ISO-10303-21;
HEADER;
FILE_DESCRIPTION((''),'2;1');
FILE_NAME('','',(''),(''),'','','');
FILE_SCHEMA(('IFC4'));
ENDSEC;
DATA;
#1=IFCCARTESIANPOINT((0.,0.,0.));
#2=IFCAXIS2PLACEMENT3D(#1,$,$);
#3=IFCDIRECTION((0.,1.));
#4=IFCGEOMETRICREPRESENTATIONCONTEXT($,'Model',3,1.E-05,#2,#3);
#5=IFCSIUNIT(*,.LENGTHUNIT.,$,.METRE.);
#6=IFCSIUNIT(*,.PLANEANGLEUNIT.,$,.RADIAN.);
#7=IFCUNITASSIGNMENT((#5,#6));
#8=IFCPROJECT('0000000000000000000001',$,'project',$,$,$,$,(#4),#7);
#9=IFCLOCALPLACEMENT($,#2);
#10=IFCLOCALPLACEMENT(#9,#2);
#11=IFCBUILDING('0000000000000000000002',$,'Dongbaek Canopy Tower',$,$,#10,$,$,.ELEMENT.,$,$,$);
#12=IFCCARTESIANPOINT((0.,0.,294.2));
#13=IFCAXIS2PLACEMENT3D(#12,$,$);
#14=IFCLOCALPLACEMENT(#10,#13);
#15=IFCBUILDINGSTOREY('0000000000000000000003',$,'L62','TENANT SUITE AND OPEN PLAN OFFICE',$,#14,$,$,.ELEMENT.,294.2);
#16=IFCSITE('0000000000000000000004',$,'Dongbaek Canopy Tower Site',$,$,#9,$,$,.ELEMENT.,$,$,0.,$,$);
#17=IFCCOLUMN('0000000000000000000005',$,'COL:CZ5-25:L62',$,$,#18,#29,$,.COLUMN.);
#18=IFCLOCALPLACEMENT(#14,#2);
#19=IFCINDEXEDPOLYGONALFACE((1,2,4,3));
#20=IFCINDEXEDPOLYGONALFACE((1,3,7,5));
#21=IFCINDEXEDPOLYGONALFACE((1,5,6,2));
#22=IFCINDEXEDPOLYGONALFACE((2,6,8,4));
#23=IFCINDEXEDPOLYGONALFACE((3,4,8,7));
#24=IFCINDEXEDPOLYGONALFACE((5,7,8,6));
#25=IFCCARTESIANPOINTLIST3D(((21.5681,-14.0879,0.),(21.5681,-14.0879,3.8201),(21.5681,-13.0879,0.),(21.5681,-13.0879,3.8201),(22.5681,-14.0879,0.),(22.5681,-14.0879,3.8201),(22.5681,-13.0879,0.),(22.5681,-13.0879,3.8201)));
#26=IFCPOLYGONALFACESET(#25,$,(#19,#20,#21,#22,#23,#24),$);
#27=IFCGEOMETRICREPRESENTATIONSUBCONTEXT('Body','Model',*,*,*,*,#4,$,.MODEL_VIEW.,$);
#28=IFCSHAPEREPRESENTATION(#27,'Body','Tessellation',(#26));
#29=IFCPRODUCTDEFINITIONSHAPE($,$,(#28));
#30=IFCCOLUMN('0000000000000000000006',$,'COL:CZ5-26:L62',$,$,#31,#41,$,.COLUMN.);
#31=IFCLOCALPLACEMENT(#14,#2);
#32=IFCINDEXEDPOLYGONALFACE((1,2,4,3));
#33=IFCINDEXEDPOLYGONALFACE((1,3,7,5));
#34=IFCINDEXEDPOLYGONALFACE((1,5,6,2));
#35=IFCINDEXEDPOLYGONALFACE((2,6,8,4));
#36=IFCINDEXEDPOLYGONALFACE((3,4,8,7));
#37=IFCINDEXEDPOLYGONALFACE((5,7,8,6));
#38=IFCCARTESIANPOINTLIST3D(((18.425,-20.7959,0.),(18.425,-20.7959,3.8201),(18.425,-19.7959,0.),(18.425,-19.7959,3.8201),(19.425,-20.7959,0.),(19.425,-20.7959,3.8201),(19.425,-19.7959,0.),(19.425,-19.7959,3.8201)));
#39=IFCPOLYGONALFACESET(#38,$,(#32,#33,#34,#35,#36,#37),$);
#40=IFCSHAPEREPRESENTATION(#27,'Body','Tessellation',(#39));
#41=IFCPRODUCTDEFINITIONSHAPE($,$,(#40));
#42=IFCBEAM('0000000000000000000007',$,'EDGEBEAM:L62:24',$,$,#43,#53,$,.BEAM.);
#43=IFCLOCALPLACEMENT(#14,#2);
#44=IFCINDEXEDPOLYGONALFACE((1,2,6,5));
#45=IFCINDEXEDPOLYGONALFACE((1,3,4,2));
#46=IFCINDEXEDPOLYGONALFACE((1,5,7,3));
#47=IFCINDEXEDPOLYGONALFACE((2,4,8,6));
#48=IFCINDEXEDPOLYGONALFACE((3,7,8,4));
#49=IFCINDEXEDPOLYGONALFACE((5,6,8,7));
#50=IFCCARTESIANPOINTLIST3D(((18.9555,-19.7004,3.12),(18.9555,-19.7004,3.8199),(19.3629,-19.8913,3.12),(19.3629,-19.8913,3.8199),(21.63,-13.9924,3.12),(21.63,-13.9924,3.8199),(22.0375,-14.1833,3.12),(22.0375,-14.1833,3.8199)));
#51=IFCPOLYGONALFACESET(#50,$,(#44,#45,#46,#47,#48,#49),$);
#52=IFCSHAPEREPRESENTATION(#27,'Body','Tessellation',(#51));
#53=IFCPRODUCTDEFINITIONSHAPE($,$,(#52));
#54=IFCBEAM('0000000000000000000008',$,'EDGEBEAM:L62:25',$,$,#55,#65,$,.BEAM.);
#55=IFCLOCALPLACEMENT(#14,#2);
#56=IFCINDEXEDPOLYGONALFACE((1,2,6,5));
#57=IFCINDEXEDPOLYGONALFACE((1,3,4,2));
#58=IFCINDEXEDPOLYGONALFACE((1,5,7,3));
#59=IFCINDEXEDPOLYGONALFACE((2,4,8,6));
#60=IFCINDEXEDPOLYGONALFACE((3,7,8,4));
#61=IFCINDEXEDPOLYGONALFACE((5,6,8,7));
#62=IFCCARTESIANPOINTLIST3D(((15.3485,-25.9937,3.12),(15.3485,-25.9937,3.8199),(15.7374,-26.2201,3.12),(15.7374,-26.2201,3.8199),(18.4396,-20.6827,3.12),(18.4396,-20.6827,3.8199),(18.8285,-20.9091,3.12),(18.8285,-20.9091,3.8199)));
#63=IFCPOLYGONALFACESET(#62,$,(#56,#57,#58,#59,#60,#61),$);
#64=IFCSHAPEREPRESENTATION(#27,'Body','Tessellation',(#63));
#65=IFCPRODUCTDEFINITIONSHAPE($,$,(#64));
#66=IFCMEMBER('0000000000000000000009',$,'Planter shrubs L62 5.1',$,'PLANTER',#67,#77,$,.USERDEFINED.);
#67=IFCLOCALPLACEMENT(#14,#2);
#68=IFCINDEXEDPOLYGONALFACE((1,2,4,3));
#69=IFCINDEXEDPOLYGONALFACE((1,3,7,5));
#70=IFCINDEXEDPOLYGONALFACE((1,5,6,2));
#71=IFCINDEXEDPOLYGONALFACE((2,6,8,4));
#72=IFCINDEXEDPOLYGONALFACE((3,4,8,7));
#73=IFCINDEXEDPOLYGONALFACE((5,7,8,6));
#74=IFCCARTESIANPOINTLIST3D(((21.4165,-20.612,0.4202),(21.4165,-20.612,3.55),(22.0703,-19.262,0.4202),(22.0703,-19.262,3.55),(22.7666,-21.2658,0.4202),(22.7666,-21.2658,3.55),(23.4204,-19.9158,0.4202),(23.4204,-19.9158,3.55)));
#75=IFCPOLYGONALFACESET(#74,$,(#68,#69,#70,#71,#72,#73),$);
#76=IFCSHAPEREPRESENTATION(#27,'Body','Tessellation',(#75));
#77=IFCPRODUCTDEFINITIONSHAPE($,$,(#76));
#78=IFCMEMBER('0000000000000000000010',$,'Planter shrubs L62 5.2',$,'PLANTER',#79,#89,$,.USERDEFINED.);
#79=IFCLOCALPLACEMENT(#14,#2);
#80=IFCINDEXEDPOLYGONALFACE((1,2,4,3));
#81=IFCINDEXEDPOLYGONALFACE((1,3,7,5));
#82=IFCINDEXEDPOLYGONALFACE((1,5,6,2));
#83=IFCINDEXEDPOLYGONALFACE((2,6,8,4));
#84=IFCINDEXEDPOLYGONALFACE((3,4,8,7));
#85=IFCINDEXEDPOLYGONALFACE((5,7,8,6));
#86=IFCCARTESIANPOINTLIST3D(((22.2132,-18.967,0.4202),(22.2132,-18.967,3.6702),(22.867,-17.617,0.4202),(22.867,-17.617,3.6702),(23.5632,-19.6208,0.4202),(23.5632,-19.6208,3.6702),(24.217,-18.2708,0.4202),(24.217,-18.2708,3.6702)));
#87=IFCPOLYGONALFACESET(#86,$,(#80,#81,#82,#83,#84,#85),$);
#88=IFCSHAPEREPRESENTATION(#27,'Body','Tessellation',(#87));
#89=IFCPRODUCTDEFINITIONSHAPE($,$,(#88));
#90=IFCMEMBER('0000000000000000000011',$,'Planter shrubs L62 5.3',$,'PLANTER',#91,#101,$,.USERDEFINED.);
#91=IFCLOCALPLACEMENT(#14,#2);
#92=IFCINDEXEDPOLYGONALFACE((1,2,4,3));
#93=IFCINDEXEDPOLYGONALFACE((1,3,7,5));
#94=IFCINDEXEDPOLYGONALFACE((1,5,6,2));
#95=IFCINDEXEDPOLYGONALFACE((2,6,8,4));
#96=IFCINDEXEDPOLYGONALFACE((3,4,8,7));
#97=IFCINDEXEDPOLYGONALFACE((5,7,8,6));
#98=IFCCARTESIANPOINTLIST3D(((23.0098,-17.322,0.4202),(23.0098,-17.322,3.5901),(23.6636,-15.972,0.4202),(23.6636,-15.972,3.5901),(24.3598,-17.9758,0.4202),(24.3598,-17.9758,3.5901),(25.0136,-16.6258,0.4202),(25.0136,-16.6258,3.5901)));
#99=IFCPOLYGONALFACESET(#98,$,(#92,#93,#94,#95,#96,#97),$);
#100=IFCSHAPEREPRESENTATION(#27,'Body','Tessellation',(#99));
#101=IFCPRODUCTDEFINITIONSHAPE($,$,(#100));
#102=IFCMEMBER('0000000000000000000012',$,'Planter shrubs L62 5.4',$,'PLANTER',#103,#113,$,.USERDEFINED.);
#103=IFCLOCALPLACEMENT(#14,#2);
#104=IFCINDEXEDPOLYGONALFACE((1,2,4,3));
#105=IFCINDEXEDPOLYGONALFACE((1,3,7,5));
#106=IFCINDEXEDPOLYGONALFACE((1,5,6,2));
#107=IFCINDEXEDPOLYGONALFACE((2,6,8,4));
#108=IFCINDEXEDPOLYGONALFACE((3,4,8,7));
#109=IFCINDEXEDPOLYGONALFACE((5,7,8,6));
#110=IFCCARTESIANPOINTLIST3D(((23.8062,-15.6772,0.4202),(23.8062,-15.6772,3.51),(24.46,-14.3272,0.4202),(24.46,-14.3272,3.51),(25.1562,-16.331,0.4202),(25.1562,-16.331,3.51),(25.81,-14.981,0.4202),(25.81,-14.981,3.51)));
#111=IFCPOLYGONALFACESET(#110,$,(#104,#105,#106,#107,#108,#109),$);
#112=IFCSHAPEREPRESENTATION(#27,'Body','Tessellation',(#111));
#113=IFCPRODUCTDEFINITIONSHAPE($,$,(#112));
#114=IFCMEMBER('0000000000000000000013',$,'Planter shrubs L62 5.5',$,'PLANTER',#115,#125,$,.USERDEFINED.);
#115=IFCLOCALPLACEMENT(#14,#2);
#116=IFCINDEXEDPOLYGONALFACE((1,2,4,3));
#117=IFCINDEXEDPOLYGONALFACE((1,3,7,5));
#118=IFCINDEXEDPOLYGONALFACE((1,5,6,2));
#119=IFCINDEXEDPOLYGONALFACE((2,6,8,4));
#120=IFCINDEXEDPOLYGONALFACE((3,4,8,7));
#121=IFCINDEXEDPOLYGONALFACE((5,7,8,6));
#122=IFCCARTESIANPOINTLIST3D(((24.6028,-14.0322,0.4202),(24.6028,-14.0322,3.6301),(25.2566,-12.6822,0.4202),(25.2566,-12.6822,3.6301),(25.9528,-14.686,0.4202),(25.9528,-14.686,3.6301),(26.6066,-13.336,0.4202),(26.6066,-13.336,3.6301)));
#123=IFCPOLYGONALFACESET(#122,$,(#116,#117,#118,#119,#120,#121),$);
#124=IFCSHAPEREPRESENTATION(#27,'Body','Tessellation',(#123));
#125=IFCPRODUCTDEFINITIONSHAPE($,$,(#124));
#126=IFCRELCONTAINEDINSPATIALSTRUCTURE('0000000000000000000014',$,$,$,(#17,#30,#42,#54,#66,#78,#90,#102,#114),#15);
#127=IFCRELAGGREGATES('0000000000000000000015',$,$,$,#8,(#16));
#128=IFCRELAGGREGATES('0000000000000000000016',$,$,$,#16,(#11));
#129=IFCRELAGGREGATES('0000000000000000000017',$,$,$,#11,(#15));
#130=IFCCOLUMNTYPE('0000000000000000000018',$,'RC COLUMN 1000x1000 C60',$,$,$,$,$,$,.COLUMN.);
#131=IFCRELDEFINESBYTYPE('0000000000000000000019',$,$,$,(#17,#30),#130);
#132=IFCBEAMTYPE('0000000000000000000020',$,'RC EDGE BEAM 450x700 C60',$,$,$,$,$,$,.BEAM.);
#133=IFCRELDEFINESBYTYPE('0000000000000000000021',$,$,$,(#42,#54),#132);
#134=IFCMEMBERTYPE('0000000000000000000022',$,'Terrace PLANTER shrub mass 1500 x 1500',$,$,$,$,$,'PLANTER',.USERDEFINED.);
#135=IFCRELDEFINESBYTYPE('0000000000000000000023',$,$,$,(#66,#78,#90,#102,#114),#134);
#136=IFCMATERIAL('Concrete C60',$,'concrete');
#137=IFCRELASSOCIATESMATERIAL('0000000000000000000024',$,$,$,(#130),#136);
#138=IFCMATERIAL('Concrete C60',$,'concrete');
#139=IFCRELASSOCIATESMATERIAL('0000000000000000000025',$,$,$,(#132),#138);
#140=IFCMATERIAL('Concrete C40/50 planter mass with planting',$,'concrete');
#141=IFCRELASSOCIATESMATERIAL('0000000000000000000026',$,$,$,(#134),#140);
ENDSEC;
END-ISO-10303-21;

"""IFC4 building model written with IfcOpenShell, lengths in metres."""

from ifc_helpers import new_model, si_unit, direction, frame, origin, origin_2d, place, context, subcontext, project, spatial, rectangle, extrude, material, material_profile, profile_set, type_object, element, save


model = new_model("IFC4")

# Units and contexts
model_context = context("Model", 3, precision=1e-05, world=origin(), true_north=direction((0.0, 1.0)))
body_context = subcontext(model_context, "Body", "Model", "MODEL_VIEW")
ifc_project = project(units=[si_unit("LENGTHUNIT", "METRE"), si_unit("PLANEANGLEUNIT", "RADIAN")], contexts=[model_context])

# Site, building, storey
site_placement = place(None, origin())
site = spatial("IfcSite", under=ifc_project, at=site_placement, Name="Dongbaek Canopy Tower Site", CompositionType="ELEMENT", RefElevation=0.0)
building_placement = place(site_placement, origin())
building = spatial("IfcBuilding", under=site, at=building_placement, Name="Dongbaek Canopy Tower", CompositionType="ELEMENT")
storey_placement = place(building_placement, frame((0.0, 0.0, 294.2)))
storey = spatial("IfcBuildingStorey", under=building, at=storey_placement, Name="L62", Description="TENANT SUITE AND OPEN PLAN OFFICE", CompositionType="ELEMENT", Elevation=294.2)

# Columns
ifc_material_1 = material(Name="Concrete C60", Category="concrete")
ifc_material_profile_1 = material_profile(ifc_material_1, rectangle(XDim=1.0, YDim=1.0, at=origin_2d()), Name="RC COLUMN 1000x1000 C60")
ifc_profile_set_1 = profile_set([ifc_material_profile_1], Name="Concrete C60")
column_type = type_object("IfcColumnType", Name="RC COLUMN 1000x1000 C60", PredefinedType="COLUMN", material=ifc_profile_set_1)
for number, where, z_axis, x_axis, name in (
    (1, (22.0681, -13.5879, 0.0), (0.0, 0.0, 1.0), (1.0, 0.0, 0.0), "COL:CZ5-25:L62"),
    (2, (18.925, -20.2959, 0.0), (0.0, 0.0, 1.0), (1.0, 0.0, 0.0), "COL:CZ5-26:L62"),
):
    element("IfcColumn", number, at=place(storey_placement, frame(where, z_axis=z_axis, x_axis=x_axis)), inside=storey, type_object=column_type, Name=name, PredefinedType="COLUMN", context=body_context, shape_type="SweptSolid", body=[
        extrude(rectangle(XDim=1.0, YDim=1.0, at=origin_2d()), origin(), (0.0, 0.0, 1.0), 3.8201),
    ])

# Beams
ifc_material_2 = material(Name="Concrete C60", Category="concrete")
ifc_material_profile_2 = material_profile(ifc_material_2, rectangle(XDim=0.45, YDim=0.7, at=origin_2d()), Name="RC EDGE BEAM 450x700 C60")
ifc_profile_set_2 = profile_set([ifc_material_profile_2], Name="Concrete C60")
beam_type = type_object("IfcBeamType", Name="RC EDGE BEAM 450x700 C60", PredefinedType="BEAM", material=ifc_profile_set_2)
beam_1_placement = place(storey_placement, frame((21.8337, -14.0879, 3.47), z_axis=(-0.424295, -0.905524, 0.0), x_axis=(0.905524, -0.424295, 0.0)))
element("IfcBeam", 3, at=beam_1_placement, inside=storey, type_object=beam_type, Name="EDGEBEAM:L62:24", PredefinedType="BEAM", context=body_context, shape_type="SweptSolid", body=[
    extrude(rectangle(XDim=0.45, YDim=0.7, at=origin_2d()), origin(), (0.0, 0.0, 1.0), 6.3035),
])
beam_2_placement = place(storey_placement, frame((18.634, -20.7959, 3.47), z_axis=(-0.503016, -0.864277, 0.0), x_axis=(0.864277, -0.503016, 0.0)))
element("IfcBeam", 4, at=beam_2_placement, inside=storey, type_object=beam_type, Name="EDGEBEAM:L62:25", PredefinedType="BEAM", context=body_context, shape_type="SweptSolid", body=[
    extrude(rectangle(XDim=0.45, YDim=0.7, at=origin_2d()), origin(), (0.0, 0.0, 1.0), 6.145),
])

# Members
ifc_material_3 = material(Name="Concrete C40/50 planter mass with planting", Category="concrete")
ifc_material_profile_3 = material_profile(ifc_material_3, rectangle(XDim=1.5, YDim=1.5, at=origin_2d()), Name="Terrace PLANTER shrub mass 1500 x 1500")
ifc_profile_set_3 = profile_set([ifc_material_profile_3], Name="Concrete C40/50 planter mass with planting")
member_type = type_object("IfcMemberType", Name="Terrace PLANTER shrub mass 1500 x 1500", ElementType="PLANTER", PredefinedType="USERDEFINED", material=ifc_profile_set_3)
member_1_placement = place(storey_placement, frame((22.4185, -20.2639, 0.4202), z_axis=(0.0, 0.0, 1.0), x_axis=(0.900013, -0.435863, 0.0)))
element("IfcMember", 5, at=member_1_placement, inside=storey, type_object=member_type, Name="Planter shrubs L62 5.1", ObjectType="PLANTER", PredefinedType="USERDEFINED", context=body_context, shape_type="SweptSolid", body=[
    extrude(rectangle(XDim=1.5, YDim=1.5, at=origin_2d()), origin(), (0.0, 0.0, 1.0), 3.1299),
])
member_2_placement = place(storey_placement, frame((23.2151, -18.6189, 0.4202), z_axis=(0.0, 0.0, 1.0), x_axis=(0.900013, -0.435863, 0.0)))
element("IfcMember", 6, at=member_2_placement, inside=storey, type_object=member_type, Name="Planter shrubs L62 5.2", ObjectType="PLANTER", PredefinedType="USERDEFINED", context=body_context, shape_type="SweptSolid", body=[
    extrude(rectangle(XDim=1.5, YDim=1.5, at=origin_2d()), origin(), (0.0, 0.0, 1.0), 3.25),
])
member_3_placement = place(storey_placement, frame((24.0117, -16.9739, 0.4202), z_axis=(0.0, 0.0, 1.0), x_axis=(0.900013, -0.435863, 0.0)))
element("IfcMember", 7, at=member_3_placement, inside=storey, type_object=member_type, Name="Planter shrubs L62 5.3", ObjectType="PLANTER", PredefinedType="USERDEFINED", context=body_context, shape_type="SweptSolid", body=[
    extrude(rectangle(XDim=1.5, YDim=1.5, at=origin_2d()), origin(), (0.0, 0.0, 1.0), 3.1699),
])
member_4_placement = place(storey_placement, frame((24.8081, -15.3291, 0.4202), z_axis=(0.0, 0.0, 1.0), x_axis=(0.900013, -0.435863, 0.0)))
element("IfcMember", 8, at=member_4_placement, inside=storey, type_object=member_type, Name="Planter shrubs L62 5.4", ObjectType="PLANTER", PredefinedType="USERDEFINED", context=body_context, shape_type="SweptSolid", body=[
    extrude(rectangle(XDim=1.5, YDim=1.5, at=origin_2d()), origin(), (0.0, 0.0, 1.0), 3.0898),
])
member_5_placement = place(storey_placement, frame((25.6047, -13.6841, 0.4202), z_axis=(0.0, 0.0, 1.0), x_axis=(0.900013, -0.435863, 0.0)))
element("IfcMember", 9, at=member_5_placement, inside=storey, type_object=member_type, Name="Planter shrubs L62 5.5", ObjectType="PLANTER", PredefinedType="USERDEFINED", context=body_context, shape_type="SweptSolid", body=[
    extrude(rectangle(XDim=1.5, YDim=1.5, at=origin_2d()), origin(), (0.0, 0.0, 1.0), 3.21),
])

save(model, "model.ifc")
